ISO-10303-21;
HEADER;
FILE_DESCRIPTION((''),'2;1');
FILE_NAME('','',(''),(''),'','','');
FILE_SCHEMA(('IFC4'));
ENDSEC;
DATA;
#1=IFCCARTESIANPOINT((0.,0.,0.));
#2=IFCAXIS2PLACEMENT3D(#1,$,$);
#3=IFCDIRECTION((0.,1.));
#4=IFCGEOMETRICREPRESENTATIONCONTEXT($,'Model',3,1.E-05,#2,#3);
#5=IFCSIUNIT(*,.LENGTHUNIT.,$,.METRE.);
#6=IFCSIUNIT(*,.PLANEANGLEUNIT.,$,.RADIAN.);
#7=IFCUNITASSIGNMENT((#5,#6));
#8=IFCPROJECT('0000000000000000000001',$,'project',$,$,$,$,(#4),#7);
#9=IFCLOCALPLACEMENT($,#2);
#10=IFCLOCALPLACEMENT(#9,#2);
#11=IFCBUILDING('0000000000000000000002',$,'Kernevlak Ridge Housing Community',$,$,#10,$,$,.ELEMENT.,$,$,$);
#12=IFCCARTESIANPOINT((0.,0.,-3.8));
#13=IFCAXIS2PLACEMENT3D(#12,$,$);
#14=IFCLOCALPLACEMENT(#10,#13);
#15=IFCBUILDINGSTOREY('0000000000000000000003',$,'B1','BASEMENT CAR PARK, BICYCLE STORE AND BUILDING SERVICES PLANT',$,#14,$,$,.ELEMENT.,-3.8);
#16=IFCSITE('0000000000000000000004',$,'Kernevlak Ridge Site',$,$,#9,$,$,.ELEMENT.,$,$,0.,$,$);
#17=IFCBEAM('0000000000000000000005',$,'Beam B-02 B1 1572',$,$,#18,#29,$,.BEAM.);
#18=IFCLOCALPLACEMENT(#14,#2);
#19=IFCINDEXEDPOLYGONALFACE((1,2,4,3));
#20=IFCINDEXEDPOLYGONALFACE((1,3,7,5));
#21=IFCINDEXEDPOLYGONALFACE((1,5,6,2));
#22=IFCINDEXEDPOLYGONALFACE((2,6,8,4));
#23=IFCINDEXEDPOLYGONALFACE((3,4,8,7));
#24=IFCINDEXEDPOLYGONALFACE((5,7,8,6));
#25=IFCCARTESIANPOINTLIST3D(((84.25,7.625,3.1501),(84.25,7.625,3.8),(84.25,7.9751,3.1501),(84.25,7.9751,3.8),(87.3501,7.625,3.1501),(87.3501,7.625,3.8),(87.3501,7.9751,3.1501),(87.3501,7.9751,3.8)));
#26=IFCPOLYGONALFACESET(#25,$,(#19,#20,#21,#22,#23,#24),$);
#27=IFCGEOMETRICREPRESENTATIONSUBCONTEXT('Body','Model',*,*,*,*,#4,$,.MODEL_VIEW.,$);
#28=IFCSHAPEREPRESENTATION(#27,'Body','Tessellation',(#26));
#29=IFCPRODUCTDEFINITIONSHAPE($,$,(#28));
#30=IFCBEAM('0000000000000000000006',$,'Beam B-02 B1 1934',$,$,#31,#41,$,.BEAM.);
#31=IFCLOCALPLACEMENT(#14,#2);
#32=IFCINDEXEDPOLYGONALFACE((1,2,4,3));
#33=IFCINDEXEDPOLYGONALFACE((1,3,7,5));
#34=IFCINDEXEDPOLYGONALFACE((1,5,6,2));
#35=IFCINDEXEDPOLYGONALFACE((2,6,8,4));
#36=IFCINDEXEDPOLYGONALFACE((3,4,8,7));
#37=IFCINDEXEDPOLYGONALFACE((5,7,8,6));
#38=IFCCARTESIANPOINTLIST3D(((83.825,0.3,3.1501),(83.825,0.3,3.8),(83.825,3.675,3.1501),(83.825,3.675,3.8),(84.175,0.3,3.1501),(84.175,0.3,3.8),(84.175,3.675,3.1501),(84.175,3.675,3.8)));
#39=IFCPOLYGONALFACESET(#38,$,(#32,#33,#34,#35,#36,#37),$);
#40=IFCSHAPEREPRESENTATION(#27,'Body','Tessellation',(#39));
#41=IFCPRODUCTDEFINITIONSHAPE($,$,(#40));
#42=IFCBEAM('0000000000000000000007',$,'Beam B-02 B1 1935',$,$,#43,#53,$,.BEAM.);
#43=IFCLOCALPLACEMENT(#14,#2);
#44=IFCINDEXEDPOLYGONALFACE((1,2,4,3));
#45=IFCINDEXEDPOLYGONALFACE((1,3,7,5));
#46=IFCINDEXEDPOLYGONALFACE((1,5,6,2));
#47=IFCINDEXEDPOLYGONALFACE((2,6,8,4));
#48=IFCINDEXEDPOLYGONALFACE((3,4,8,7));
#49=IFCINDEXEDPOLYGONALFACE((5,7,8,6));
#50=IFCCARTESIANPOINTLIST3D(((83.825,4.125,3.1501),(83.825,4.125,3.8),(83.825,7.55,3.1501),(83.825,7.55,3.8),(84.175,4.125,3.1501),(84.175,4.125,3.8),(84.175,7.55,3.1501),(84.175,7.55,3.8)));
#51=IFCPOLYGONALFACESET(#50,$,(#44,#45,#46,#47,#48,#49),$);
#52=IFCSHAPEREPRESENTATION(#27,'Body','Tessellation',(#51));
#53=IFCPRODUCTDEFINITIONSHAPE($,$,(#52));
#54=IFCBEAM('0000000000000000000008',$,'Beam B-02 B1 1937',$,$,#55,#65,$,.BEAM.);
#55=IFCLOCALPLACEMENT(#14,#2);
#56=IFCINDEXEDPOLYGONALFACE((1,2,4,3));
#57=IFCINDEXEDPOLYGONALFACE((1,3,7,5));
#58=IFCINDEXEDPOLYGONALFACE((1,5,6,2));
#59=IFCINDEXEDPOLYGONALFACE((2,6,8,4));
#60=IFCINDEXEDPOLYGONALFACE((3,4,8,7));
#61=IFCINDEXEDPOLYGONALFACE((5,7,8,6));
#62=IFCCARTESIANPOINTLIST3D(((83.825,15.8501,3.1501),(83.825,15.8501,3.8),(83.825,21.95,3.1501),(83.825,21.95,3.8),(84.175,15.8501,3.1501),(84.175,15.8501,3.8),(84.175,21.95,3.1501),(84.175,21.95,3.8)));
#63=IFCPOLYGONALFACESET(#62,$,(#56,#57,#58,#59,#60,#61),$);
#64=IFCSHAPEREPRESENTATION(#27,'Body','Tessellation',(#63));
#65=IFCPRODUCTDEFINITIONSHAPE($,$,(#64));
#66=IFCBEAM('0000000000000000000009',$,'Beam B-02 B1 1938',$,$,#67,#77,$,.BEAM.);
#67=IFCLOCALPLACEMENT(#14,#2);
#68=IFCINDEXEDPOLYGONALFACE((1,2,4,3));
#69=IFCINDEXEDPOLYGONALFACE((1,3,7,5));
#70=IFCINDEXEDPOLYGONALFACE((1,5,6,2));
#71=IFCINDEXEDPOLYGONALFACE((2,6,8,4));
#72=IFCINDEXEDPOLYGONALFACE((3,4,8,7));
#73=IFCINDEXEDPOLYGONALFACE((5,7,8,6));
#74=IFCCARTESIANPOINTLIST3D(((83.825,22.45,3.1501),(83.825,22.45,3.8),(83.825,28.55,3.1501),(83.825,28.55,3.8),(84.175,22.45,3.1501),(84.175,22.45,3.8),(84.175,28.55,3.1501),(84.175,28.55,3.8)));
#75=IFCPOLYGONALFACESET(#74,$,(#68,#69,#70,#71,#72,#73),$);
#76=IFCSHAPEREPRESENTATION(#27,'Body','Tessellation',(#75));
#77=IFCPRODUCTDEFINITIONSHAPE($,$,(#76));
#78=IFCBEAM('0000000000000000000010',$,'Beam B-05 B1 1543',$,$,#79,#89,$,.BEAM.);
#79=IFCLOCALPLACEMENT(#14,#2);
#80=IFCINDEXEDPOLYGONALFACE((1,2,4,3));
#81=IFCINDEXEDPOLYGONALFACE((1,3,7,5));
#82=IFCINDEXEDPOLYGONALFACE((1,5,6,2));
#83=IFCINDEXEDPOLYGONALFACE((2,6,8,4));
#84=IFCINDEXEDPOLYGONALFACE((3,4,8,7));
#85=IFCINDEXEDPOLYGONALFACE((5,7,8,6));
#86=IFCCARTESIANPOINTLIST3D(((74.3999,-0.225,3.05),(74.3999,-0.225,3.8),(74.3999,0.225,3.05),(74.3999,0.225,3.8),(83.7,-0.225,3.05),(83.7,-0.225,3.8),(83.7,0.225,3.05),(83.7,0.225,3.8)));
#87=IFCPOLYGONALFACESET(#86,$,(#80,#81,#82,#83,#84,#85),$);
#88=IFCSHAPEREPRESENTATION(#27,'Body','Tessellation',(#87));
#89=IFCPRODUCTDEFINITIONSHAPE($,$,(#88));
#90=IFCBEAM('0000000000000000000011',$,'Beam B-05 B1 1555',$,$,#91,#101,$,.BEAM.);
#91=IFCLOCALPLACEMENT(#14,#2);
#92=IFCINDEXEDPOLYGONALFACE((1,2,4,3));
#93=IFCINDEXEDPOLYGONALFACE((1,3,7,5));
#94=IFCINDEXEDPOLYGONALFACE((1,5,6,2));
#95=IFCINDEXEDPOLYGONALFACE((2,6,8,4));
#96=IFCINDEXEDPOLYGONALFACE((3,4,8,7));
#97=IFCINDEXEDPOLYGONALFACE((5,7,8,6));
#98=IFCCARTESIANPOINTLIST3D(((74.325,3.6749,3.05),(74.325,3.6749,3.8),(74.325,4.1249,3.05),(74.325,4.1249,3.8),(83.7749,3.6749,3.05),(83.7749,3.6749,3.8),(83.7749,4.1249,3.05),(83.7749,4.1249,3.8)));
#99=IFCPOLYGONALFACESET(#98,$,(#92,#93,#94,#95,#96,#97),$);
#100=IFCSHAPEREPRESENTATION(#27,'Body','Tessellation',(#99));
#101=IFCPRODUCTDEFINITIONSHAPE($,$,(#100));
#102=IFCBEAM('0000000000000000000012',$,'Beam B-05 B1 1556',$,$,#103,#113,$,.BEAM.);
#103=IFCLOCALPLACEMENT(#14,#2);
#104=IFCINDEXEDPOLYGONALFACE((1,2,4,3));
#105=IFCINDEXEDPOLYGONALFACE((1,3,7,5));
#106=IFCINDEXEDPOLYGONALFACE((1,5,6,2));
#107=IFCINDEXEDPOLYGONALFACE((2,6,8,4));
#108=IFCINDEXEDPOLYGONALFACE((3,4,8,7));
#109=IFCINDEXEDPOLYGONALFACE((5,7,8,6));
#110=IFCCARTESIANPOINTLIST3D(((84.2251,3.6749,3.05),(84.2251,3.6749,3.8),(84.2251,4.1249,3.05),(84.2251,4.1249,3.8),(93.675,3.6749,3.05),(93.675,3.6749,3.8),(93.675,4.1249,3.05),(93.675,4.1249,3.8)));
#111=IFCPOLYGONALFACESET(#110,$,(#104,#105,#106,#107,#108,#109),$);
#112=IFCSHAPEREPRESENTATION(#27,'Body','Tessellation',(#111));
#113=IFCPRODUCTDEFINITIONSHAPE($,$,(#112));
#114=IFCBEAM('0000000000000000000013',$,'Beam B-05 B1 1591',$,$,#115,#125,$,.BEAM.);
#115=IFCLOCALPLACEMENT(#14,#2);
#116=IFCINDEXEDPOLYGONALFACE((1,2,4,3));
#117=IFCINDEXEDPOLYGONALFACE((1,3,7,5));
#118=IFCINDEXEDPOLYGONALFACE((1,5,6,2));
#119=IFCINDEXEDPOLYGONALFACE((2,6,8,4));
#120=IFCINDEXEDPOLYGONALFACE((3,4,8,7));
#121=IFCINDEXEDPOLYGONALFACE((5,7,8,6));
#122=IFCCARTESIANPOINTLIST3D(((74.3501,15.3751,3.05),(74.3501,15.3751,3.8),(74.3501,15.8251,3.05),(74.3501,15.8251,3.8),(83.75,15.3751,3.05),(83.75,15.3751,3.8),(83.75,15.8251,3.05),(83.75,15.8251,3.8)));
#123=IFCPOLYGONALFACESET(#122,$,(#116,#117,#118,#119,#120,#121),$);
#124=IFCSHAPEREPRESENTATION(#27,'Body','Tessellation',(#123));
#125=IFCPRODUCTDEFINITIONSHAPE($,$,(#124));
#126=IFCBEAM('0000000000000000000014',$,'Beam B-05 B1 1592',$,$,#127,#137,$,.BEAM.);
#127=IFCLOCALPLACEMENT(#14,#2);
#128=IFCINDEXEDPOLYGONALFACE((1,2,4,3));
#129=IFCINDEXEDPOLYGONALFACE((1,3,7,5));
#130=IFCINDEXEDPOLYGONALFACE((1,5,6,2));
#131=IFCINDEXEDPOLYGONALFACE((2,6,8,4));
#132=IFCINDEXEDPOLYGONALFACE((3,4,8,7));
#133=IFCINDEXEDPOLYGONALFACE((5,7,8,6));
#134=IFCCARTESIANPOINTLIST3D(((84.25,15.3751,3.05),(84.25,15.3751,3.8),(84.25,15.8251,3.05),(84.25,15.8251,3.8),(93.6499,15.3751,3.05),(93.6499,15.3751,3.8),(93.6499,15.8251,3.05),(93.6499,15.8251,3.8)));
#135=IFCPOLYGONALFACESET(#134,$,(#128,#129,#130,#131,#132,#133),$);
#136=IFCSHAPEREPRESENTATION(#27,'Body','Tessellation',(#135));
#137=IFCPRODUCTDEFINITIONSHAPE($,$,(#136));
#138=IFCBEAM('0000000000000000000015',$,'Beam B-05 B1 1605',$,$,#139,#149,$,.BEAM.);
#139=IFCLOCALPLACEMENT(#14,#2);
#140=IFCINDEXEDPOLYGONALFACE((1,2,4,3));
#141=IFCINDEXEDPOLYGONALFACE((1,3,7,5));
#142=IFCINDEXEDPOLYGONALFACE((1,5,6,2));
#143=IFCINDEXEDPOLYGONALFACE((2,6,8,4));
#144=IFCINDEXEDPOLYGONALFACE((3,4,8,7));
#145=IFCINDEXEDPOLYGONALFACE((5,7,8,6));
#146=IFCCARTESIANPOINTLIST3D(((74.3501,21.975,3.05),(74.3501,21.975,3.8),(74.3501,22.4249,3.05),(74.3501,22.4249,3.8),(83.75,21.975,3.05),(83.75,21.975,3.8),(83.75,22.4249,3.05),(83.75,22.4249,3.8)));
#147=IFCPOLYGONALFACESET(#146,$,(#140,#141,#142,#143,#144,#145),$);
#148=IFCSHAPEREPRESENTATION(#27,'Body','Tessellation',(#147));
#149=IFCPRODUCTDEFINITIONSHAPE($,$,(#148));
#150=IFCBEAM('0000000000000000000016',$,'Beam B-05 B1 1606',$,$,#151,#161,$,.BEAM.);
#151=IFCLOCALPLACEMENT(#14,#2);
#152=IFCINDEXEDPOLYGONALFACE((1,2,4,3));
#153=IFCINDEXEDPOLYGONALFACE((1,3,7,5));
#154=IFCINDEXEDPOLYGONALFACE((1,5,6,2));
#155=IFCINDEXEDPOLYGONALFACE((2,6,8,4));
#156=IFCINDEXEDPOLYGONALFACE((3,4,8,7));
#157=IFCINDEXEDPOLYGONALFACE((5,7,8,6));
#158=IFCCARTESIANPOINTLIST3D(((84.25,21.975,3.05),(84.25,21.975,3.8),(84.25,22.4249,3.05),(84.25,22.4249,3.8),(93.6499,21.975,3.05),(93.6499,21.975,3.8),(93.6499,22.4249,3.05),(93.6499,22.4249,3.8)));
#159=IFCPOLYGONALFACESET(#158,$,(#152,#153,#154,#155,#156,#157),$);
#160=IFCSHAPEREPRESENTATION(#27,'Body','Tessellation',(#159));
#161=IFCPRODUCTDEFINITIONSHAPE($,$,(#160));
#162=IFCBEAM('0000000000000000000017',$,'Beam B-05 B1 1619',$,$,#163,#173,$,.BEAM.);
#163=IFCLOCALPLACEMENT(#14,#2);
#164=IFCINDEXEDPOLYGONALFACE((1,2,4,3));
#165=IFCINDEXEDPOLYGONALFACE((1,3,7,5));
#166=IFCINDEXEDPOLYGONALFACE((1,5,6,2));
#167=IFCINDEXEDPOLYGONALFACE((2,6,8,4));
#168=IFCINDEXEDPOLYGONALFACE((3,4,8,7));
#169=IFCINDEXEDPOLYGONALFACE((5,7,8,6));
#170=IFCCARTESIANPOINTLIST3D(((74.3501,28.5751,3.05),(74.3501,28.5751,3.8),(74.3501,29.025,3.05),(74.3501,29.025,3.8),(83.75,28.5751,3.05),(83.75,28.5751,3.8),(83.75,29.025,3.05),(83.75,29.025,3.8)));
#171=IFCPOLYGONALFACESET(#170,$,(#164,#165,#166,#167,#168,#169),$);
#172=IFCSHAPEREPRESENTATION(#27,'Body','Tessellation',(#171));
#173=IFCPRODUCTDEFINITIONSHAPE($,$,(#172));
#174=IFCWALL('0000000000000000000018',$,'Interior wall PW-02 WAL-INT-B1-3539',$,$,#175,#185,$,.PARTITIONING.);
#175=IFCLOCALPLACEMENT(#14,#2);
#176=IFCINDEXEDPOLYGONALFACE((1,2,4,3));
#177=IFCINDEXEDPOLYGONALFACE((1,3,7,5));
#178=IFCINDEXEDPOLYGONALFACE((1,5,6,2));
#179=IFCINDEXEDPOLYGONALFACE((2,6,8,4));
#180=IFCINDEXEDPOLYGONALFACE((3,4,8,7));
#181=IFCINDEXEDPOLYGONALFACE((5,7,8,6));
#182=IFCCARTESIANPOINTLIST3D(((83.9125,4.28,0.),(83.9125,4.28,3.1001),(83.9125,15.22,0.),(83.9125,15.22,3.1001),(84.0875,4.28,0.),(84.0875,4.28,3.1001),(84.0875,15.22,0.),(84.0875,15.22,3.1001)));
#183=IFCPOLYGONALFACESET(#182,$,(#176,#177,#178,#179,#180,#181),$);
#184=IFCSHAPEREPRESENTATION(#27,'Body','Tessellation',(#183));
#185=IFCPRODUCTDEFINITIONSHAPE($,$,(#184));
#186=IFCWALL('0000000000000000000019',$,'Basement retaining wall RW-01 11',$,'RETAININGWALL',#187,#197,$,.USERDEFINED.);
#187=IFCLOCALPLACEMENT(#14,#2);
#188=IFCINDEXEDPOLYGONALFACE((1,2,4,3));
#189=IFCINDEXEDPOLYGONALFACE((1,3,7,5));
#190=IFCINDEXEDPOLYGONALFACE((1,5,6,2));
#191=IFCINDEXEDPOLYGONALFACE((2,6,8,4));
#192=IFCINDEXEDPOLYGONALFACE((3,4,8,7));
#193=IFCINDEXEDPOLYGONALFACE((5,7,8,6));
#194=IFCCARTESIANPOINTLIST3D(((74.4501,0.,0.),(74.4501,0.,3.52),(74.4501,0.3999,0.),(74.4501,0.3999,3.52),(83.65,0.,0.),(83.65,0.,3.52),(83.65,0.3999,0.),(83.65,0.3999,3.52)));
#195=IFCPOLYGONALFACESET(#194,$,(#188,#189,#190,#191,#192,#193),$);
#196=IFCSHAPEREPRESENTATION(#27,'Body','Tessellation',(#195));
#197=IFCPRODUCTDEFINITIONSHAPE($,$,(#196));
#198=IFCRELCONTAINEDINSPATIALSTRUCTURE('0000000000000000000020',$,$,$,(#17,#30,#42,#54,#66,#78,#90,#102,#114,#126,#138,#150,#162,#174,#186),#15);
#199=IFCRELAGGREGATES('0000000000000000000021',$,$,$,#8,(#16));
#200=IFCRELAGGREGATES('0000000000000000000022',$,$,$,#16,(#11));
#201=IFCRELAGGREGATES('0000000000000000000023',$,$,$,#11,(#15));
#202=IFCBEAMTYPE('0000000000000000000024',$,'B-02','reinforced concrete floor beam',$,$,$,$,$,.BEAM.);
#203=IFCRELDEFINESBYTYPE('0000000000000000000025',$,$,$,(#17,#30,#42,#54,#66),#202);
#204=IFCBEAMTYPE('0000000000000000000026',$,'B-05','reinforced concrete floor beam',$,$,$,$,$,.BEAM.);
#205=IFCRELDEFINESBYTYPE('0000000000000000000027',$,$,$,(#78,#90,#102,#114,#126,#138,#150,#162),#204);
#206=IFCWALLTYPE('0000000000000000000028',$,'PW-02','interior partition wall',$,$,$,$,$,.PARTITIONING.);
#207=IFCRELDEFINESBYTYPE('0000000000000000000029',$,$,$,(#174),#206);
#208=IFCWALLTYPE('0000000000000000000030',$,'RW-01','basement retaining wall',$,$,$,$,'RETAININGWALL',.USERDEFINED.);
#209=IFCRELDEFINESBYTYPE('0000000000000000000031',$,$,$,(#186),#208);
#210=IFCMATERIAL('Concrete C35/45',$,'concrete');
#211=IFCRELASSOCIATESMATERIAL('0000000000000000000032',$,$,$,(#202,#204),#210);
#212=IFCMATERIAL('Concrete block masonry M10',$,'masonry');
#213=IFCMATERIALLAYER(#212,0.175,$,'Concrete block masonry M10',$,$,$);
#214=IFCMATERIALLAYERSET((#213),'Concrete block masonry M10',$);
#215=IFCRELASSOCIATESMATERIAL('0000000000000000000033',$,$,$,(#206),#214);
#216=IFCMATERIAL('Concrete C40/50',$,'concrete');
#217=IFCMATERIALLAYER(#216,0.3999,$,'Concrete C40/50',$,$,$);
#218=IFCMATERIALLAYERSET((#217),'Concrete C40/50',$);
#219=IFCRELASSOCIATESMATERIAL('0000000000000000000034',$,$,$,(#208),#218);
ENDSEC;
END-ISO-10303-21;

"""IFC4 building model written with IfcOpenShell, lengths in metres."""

from ifc_helpers import new_model, si_unit, direction, frame, frame_2d, origin, origin_2d, place, context, subcontext, project, spatial, rectangle, extrude, material, layer, layer_set, material_profile, profile_set, type_object, element, save


model = new_model("IFC4")

# Units and contexts
model_context = context("Model", 3, precision=1e-05, world=origin(), true_north=direction((0.0, 1.0)))
body_context = subcontext(model_context, "Body", "Model", "MODEL_VIEW")
ifc_project = project(units=[si_unit("LENGTHUNIT", "METRE"), si_unit("PLANEANGLEUNIT", "RADIAN")], contexts=[model_context])

# Site, building, storey
site_placement = place(None, origin())
site = spatial("IfcSite", under=ifc_project, at=site_placement, Name="Kernevlak Ridge Site", CompositionType="ELEMENT", RefElevation=0.0)
building_placement = place(site_placement, origin())
building = spatial("IfcBuilding", under=site, at=building_placement, Name="Kernevlak Ridge Housing Community", CompositionType="ELEMENT")
storey_placement = place(building_placement, frame((0.0, 0.0, -3.8)))
storey = spatial("IfcBuildingStorey", under=building, at=storey_placement, Name="B1", Description="BASEMENT CAR PARK, BICYCLE STORE AND BUILDING SERVICES PLANT", CompositionType="ELEMENT", Elevation=-3.8)

# Shared definitions
ifc_material_1 = material(Name="Concrete C35/45", Category="concrete")

# Shared definitions
ifc_material_2 = material(Name="Concrete C40/50", Category="concrete")

# Beams
ifc_material_profile_1 = material_profile(ifc_material_1, rectangle(XDim=0.3501, YDim=0.6499, at=origin_2d()), Name="RC 350x650")
ifc_profile_set_1 = profile_set([ifc_material_profile_1], Name="Concrete C35/45")
beam_type_1 = type_object("IfcBeamType", Name="B-02", Description="reinforced concrete floor beam", PredefinedType="BEAM", material=ifc_profile_set_1)
beam_1_placement = place(storey_placement, frame((84.25, 7.8, 3.4751), z_axis=(1.0, 0.0, 0.0), x_axis=(0.0, 1.0, 0.0)))
element("IfcBeam", 1, at=beam_1_placement, inside=storey, type_object=beam_type_1, Name="Beam B-02 B1 1572", PredefinedType="BEAM", context=body_context, shape_type="SweptSolid", body=[
    extrude(rectangle(XDim=0.3501, YDim=0.6499, at=origin_2d()), origin(), (0.0, 0.0, 1.0), 3.1001),
])
beam_2_placement = place(storey_placement, frame((84.0, 0.3, 3.4751), z_axis=(0.0, 1.0, 0.0), x_axis=(-1.0, 0.0, 0.0)))
element("IfcBeam", 2, at=beam_2_placement, inside=storey, type_object=beam_type_1, Name="Beam B-02 B1 1934", PredefinedType="BEAM", context=body_context, shape_type="SweptSolid", body=[
    extrude(rectangle(XDim=0.3501, YDim=0.6499, at=origin_2d()), origin(), (0.0, 0.0, 1.0), 3.375),
])
beam_3_placement = place(storey_placement, frame((84.0, 4.125, 3.4751), z_axis=(0.0, 1.0, 0.0), x_axis=(-1.0, 0.0, 0.0)))
element("IfcBeam", 3, at=beam_3_placement, inside=storey, type_object=beam_type_1, Name="Beam B-02 B1 1935", PredefinedType="BEAM", context=body_context, shape_type="SweptSolid", body=[
    extrude(rectangle(XDim=0.3501, YDim=0.6499, at=origin_2d()), origin(), (0.0, 0.0, 1.0), 3.425),
])
beam_4_placement = place(storey_placement, frame((84.0, 15.8501, 3.4751), z_axis=(0.0, 1.0, 0.0), x_axis=(-1.0, 0.0, 0.0)))
element("IfcBeam", 4, at=beam_4_placement, inside=storey, type_object=beam_type_1, Name="Beam B-02 B1 1937", PredefinedType="BEAM", context=body_context, shape_type="SweptSolid", body=[
    extrude(rectangle(XDim=0.3501, YDim=0.6499, at=origin_2d()), origin(), (0.0, 0.0, 1.0), 6.0999),
])
beam_5_placement = place(storey_placement, frame((84.0, 22.45, 3.4751), z_axis=(0.0, 1.0, 0.0), x_axis=(-1.0, 0.0, 0.0)))
element("IfcBeam", 5, at=beam_5_placement, inside=storey, type_object=beam_type_1, Name="Beam B-02 B1 1938", PredefinedType="BEAM", context=body_context, shape_type="SweptSolid", body=[
    extrude(rectangle(XDim=0.3501, YDim=0.6499, at=origin_2d()), origin(), (0.0, 0.0, 1.0), 6.1001),
])
ifc_material_profile_2 = material_profile(ifc_material_1, rectangle(XDim=0.45, YDim=0.75, at=origin_2d()), Name="RC 450x750")
ifc_profile_set_2 = profile_set([ifc_material_profile_2], Name="Concrete C35/45")
beam_type_2 = type_object("IfcBeamType", Name="B-05", Description="reinforced concrete floor beam", PredefinedType="BEAM", material=ifc_profile_set_2)
beam_6_placement = place(storey_placement, frame((74.3999, 0.0, 3.425), z_axis=(1.0, 0.0, 0.0), x_axis=(0.0, 1.0, 0.0)))
element("IfcBeam", 6, at=beam_6_placement, inside=storey, type_object=beam_type_2, Name="Beam B-05 B1 1543", PredefinedType="BEAM", context=body_context, shape_type="SweptSolid", body=[
    extrude(rectangle(XDim=0.45, YDim=0.75, at=origin_2d()), origin(), (0.0, 0.0, 1.0), 9.3),
])
for number, where, z_axis, x_axis, name in (
    (7, (74.325, 3.8999, 3.425), (1.0, 0.0, 0.0), (0.0, 1.0, 0.0), "Beam B-05 B1 1555"),
    (8, (84.2251, 3.8999, 3.425), (1.0, 0.0, 0.0), (0.0, 1.0, 0.0), "Beam B-05 B1 1556"),
):
    element("IfcBeam", number, at=place(storey_placement, frame(where, z_axis=z_axis, x_axis=x_axis)), inside=storey, type_object=beam_type_2, Name=name, PredefinedType="BEAM", context=body_context, shape_type="SweptSolid", body=[
        extrude(rectangle(XDim=0.45, YDim=0.75, at=origin_2d()), origin(), (0.0, 0.0, 1.0), 9.45),
    ])
for number, where, z_axis, x_axis, name in (
    (9, (74.3501, 15.6001, 3.425), (1.0, 0.0, 0.0), (0.0, 1.0, 0.0), "Beam B-05 B1 1591"),
    (10, (84.25, 15.6001, 3.425), (1.0, 0.0, 0.0), (0.0, 1.0, 0.0), "Beam B-05 B1 1592"),
    (11, (74.3501, 22.2, 3.425), (1.0, 0.0, 0.0), (0.0, 1.0, 0.0), "Beam B-05 B1 1605"),
    (12, (84.25, 22.2, 3.425), (1.0, 0.0, 0.0), (0.0, 1.0, 0.0), "Beam B-05 B1 1606"),
    (13, (74.3501, 28.8, 3.425), (1.0, 0.0, 0.0), (0.0, 1.0, 0.0), "Beam B-05 B1 1619"),
):
    element("IfcBeam", number, at=place(storey_placement, frame(where, z_axis=z_axis, x_axis=x_axis)), inside=storey, type_object=beam_type_2, Name=name, PredefinedType="BEAM", context=body_context, shape_type="SweptSolid", body=[
        extrude(rectangle(XDim=0.45, YDim=0.75, at=origin_2d()), origin(), (0.0, 0.0, 1.0), 9.3999),
    ])

# Walls
ifc_material_3 = material(Name="Concrete block masonry M10", Category="masonry")
ifc_layer_1 = layer(ifc_material_3, 0.175, Name="Concrete block masonry M10")
ifc_layer_set_1 = layer_set([ifc_layer_1], Name="Concrete block masonry M10")
wall_type_1 = type_object("IfcWallType", Name="PW-02", Description="interior partition wall", PredefinedType="PARTITIONING", material=ifc_layer_set_1)
wall_1_placement = place(storey_placement, frame((84.0, 4.28, 0.0), z_axis=(0.0, 0.0, 1.0), x_axis=(0.0, 1.0, 0.0)))
element("IfcWall", 14, at=wall_1_placement, inside=storey, type_object=wall_type_1, Name="Interior wall PW-02 WAL-INT-B1-3539", PredefinedType="PARTITIONING", context=body_context, shape_type="SweptSolid", body=[
    extrude(rectangle(XDim=10.9399, YDim=0.175, at=frame_2d((5.47, 0.0))), origin(), (0.0, 0.0, 1.0), 3.1001),
])
ifc_layer_2 = layer(ifc_material_2, 0.3999, Name="Concrete C40/50")
ifc_layer_set_2 = layer_set([ifc_layer_2], Name="Concrete C40/50")
wall_type_2 = type_object("IfcWallType", Name="RW-01", Description="basement retaining wall", ElementType="RETAININGWALL", PredefinedType="USERDEFINED", material=ifc_layer_set_2)
wall_2_placement = place(storey_placement, frame((74.45, 0.2, 0.0), z_axis=(0.0, 0.0, 1.0), x_axis=(1.0, 0.0, 0.0)))
element("IfcWall", 15, at=wall_2_placement, inside=storey, type_object=wall_type_2, Name="Basement retaining wall RW-01 11", ObjectType="RETAININGWALL", PredefinedType="USERDEFINED", context=body_context, shape_type="SweptSolid", body=[
    extrude(rectangle(XDim=9.2, YDim=0.3999, at=frame_2d((4.6001, 0.0))), origin(), (0.0, 0.0, 1.0), 3.52),
])

save(model, "model.ifc")
